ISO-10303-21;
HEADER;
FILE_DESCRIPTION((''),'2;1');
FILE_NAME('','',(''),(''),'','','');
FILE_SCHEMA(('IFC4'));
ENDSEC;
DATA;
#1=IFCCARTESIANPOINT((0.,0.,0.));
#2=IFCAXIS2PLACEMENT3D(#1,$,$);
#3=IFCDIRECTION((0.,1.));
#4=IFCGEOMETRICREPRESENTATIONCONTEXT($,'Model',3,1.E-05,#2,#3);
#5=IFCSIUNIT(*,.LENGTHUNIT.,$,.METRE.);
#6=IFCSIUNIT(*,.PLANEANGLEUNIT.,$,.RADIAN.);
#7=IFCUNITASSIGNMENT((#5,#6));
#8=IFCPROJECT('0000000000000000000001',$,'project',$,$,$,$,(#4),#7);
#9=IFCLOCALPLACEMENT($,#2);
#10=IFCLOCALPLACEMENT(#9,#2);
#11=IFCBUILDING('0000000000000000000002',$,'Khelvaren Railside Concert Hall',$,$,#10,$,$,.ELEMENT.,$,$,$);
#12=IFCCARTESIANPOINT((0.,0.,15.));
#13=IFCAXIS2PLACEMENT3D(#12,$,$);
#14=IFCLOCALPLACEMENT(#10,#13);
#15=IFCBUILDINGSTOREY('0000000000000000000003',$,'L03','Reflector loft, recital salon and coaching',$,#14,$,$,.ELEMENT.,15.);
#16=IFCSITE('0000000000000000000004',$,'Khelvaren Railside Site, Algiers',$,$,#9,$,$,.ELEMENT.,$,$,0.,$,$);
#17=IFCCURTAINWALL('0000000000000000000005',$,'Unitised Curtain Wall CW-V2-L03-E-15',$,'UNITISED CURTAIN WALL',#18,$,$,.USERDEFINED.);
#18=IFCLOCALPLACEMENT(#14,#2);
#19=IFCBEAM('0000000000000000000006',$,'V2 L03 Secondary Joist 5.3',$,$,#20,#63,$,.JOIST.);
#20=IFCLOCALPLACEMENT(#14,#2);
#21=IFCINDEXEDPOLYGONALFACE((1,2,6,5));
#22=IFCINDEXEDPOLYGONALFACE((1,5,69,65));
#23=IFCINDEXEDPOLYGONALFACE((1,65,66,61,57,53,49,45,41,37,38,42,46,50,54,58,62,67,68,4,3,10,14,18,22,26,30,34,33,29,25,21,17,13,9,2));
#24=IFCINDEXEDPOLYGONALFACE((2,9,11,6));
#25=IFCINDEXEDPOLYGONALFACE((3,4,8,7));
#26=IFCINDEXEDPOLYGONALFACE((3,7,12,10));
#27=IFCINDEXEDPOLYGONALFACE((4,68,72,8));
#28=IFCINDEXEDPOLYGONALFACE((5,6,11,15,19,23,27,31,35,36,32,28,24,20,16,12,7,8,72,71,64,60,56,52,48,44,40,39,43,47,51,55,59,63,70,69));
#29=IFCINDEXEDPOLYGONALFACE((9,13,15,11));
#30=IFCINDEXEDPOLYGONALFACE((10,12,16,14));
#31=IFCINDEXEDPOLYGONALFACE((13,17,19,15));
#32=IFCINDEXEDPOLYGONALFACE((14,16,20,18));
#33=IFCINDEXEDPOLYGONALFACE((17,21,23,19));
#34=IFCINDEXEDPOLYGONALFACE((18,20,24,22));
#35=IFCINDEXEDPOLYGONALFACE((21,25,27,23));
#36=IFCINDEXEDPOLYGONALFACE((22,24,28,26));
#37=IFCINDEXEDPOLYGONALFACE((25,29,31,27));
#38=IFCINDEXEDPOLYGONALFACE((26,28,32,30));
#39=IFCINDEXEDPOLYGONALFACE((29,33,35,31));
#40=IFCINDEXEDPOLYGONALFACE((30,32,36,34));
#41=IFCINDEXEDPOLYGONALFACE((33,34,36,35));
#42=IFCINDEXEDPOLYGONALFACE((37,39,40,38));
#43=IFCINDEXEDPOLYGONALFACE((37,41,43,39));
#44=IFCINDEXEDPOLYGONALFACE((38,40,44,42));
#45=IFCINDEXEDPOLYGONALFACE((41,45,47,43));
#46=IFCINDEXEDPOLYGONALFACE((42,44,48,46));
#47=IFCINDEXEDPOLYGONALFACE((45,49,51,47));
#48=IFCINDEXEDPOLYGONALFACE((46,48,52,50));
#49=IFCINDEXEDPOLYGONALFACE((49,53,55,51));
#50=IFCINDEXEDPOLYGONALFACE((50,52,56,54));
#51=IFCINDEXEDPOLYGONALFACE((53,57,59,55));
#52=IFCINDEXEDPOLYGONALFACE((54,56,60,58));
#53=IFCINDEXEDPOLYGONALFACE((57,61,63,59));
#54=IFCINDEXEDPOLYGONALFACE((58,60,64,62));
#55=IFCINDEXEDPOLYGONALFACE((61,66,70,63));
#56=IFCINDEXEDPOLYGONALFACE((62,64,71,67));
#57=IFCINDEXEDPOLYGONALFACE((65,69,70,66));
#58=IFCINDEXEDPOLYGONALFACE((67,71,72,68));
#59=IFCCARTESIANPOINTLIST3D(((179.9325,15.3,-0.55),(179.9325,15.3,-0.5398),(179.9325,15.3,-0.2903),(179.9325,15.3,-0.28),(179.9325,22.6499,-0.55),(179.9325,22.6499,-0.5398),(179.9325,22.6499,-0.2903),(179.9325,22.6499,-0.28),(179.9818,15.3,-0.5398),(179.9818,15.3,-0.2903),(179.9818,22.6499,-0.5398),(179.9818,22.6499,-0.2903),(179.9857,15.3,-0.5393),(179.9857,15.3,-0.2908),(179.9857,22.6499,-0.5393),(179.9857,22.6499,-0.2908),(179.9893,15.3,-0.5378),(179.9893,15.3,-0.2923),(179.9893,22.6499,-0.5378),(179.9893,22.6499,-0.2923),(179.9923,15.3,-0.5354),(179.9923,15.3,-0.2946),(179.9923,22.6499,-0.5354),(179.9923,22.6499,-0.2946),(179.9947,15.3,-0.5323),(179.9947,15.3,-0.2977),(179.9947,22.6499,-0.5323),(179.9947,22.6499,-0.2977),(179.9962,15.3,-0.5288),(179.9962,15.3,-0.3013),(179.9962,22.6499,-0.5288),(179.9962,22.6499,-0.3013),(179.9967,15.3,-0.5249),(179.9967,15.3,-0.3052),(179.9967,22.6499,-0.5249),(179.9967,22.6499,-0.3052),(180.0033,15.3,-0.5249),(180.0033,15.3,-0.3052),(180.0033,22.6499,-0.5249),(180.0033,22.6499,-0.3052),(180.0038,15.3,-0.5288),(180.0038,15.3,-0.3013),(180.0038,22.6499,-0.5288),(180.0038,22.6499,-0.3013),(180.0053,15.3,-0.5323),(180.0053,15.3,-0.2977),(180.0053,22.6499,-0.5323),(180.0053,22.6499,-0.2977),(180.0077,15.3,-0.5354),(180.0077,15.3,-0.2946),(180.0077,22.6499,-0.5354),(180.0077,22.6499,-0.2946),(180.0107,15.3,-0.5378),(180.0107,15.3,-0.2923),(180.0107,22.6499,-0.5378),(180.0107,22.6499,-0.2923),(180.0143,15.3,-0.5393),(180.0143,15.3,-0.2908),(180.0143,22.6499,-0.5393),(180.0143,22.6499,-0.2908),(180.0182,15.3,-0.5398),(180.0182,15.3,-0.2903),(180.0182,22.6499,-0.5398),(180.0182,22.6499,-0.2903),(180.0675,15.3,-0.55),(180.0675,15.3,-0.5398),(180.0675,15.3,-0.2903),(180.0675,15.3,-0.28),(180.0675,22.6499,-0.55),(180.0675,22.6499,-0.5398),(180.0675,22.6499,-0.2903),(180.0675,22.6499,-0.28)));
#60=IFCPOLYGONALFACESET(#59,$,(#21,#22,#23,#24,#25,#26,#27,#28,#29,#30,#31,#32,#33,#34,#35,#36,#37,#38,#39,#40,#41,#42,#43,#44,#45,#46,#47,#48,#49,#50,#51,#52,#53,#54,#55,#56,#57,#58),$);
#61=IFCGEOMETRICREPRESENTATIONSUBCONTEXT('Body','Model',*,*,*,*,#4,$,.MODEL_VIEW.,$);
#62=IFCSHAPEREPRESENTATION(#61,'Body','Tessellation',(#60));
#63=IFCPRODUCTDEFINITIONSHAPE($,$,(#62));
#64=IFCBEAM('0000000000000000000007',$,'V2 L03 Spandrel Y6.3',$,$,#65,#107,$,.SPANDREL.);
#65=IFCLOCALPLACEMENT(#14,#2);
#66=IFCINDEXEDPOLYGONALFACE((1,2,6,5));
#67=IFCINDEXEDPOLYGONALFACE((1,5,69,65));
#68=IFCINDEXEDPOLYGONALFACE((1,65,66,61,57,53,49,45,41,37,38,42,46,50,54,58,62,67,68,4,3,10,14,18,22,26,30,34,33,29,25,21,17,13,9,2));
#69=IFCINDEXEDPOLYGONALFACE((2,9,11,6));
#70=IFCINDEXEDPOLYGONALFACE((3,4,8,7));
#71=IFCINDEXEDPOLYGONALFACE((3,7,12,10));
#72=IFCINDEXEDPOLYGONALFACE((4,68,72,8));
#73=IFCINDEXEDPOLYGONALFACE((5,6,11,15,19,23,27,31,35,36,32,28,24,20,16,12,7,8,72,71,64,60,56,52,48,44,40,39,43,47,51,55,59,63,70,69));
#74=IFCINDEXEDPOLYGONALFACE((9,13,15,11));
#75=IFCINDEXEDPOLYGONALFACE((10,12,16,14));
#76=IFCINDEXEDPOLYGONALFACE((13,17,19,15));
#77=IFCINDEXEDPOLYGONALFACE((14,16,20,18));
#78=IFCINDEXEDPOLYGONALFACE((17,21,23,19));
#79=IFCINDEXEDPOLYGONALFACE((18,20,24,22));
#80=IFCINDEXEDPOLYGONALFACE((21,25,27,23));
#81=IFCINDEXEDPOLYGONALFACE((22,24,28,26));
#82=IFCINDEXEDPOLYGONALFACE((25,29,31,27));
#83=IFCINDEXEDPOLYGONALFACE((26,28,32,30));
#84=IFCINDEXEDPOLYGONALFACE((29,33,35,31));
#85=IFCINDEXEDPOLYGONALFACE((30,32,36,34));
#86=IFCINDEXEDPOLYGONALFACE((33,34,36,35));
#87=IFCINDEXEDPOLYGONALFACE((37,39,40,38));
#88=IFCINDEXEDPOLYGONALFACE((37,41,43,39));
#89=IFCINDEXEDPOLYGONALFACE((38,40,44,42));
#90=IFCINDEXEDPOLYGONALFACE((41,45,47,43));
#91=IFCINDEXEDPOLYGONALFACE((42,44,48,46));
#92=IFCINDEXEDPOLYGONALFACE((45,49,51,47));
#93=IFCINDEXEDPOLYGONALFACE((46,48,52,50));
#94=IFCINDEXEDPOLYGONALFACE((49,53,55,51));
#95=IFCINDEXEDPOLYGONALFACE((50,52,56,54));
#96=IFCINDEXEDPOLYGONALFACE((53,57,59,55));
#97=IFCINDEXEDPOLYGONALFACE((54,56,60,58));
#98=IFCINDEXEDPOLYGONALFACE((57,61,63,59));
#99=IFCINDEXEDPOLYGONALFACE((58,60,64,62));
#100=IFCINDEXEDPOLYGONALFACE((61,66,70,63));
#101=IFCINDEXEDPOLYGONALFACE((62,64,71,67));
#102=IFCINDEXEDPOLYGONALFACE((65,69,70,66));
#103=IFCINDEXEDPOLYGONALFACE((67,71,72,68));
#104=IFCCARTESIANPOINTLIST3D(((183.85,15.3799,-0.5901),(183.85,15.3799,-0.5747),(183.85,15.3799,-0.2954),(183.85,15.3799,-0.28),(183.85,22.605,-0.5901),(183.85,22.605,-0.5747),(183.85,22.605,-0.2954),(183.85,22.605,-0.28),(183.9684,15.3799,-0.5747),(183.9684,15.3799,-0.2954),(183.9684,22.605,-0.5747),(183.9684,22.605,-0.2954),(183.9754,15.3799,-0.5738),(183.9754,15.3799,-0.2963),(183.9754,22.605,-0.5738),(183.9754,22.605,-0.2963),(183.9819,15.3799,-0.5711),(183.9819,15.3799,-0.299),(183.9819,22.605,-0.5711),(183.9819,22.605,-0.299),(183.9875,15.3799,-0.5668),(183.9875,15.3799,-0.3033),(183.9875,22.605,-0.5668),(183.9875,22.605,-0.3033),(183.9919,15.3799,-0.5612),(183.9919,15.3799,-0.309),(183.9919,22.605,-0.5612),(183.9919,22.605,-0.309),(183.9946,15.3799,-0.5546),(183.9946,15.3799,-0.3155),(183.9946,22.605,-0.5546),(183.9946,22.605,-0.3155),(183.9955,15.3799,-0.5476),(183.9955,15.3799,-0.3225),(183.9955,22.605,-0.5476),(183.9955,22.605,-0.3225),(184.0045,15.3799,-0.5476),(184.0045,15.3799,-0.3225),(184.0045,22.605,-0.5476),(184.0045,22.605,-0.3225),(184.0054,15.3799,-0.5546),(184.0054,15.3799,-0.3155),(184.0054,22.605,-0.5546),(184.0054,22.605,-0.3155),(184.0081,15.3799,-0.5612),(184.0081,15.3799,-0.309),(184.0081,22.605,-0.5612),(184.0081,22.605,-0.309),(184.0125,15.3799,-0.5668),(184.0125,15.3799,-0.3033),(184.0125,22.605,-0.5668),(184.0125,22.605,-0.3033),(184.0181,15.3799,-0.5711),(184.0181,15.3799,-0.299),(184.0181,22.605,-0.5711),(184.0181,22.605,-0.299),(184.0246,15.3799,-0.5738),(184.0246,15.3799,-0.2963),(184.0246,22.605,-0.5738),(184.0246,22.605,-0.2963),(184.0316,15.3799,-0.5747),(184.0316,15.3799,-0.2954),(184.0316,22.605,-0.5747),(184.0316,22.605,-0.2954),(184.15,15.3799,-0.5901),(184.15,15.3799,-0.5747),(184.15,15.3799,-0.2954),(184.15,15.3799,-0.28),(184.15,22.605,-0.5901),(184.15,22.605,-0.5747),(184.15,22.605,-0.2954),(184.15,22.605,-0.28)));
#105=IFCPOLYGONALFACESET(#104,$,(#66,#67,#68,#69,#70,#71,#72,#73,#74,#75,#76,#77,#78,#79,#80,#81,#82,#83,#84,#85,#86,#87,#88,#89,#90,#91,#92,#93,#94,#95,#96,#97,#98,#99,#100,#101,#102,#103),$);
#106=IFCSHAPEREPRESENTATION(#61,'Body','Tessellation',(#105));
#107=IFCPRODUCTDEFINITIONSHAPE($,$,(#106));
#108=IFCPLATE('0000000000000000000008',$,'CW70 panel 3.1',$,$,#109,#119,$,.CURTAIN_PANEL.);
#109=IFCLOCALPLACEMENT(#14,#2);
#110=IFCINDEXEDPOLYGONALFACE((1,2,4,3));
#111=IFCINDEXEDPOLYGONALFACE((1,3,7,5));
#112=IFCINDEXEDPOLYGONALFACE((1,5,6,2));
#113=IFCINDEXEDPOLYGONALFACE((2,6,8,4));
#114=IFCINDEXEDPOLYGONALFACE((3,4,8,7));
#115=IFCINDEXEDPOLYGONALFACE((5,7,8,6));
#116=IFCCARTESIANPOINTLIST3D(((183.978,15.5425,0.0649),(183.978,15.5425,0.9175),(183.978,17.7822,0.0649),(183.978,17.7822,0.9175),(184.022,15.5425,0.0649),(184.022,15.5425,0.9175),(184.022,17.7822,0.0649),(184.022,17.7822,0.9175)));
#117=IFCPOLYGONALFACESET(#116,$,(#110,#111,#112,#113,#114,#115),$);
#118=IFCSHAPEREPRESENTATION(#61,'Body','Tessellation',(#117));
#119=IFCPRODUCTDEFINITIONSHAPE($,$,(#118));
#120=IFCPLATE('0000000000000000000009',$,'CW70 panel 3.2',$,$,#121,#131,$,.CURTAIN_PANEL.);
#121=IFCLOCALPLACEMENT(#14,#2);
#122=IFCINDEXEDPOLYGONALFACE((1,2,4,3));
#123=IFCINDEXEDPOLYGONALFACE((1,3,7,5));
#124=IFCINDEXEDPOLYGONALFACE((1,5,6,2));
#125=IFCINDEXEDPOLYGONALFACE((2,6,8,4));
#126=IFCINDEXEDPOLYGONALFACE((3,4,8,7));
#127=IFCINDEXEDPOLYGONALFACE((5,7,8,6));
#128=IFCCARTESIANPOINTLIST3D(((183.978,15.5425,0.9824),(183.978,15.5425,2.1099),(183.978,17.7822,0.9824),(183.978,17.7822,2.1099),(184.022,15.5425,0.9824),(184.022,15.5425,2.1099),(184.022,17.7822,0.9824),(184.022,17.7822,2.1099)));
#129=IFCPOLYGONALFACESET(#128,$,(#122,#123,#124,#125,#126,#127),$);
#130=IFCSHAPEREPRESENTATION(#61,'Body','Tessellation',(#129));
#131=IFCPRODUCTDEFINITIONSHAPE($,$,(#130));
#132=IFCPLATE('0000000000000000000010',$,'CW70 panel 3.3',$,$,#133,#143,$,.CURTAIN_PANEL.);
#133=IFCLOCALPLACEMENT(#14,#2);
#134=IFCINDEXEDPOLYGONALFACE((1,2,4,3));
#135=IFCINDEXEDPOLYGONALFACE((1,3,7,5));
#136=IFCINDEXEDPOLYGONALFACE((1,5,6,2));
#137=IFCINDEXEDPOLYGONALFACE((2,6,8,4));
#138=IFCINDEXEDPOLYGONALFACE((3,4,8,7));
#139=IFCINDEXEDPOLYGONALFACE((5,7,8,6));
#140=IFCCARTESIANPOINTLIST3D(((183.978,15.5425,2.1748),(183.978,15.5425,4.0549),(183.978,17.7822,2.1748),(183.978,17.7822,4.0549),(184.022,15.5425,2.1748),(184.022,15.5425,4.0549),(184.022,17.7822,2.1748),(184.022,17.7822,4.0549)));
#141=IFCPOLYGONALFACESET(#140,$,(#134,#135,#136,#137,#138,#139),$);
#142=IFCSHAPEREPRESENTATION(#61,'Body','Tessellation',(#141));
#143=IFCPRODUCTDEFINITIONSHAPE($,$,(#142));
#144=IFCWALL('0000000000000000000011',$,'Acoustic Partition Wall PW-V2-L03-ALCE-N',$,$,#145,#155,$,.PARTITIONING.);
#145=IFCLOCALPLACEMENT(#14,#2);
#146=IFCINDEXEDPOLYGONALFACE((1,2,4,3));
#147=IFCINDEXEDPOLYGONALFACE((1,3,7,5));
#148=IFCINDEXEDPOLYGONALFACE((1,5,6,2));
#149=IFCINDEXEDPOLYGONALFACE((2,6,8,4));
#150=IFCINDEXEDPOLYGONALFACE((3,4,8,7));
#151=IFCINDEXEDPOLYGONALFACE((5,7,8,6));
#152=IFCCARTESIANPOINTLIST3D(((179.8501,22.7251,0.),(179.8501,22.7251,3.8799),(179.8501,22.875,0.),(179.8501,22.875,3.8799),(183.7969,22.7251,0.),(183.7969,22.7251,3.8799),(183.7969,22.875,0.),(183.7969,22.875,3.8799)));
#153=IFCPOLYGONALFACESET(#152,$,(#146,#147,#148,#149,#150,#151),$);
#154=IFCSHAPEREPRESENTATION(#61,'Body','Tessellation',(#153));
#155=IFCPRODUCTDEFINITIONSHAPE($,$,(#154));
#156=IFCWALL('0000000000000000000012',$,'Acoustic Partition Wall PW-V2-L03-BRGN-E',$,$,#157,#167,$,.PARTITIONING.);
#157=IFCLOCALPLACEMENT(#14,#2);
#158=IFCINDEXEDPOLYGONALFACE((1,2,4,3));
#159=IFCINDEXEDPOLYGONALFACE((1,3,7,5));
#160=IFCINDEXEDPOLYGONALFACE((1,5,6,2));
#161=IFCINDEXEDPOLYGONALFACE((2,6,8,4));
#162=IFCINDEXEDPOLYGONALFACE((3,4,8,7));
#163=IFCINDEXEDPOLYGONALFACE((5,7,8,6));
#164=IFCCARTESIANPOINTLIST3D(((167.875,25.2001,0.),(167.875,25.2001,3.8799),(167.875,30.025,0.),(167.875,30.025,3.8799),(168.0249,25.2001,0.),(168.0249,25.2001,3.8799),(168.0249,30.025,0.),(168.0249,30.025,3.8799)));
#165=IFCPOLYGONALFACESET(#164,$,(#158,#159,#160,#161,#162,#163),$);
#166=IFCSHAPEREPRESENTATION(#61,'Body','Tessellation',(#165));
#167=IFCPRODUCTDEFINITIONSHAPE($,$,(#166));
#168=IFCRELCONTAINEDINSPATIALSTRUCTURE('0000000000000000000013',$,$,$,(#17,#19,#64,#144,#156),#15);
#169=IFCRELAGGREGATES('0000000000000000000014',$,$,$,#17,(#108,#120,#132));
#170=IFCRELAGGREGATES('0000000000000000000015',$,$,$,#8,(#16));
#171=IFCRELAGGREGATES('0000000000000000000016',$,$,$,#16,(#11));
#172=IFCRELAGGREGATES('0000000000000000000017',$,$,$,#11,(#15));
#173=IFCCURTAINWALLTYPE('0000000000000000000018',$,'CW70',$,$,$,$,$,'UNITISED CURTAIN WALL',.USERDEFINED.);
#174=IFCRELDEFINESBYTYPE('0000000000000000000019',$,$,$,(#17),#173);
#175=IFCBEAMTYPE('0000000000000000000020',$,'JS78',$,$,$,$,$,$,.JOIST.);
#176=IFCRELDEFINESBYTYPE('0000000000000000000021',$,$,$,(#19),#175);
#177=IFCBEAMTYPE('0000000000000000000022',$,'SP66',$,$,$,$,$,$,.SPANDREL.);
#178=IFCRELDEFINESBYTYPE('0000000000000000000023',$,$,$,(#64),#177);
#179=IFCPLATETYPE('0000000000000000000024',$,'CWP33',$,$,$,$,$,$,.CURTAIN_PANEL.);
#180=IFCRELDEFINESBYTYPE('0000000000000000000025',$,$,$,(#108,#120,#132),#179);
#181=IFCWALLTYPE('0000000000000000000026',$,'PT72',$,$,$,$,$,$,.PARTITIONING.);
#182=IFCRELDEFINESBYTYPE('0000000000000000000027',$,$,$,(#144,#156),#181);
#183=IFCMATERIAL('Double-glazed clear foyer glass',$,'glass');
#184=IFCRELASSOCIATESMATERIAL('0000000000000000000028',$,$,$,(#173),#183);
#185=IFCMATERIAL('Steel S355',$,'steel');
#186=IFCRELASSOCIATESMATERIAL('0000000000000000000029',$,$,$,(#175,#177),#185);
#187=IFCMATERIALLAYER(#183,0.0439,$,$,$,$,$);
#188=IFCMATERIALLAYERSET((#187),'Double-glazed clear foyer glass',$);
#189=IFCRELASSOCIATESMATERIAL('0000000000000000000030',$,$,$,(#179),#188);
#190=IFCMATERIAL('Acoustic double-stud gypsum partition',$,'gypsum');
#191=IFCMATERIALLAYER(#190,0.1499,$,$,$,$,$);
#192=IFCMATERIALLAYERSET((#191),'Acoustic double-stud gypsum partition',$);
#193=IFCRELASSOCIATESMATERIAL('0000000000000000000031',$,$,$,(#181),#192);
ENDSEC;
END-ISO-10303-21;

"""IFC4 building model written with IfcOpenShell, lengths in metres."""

from ifc_helpers import new_model, si_unit, direction, frame, frame_2d, origin, origin_2d, place, context, subcontext, project, spatial, rectangle, i_section, extrude, material, layer, layer_set, material_profile, profile_set, type_object, element, aggregate, save


model = new_model("IFC4")

# Units and contexts
model_context = context("Model", 3, precision=1e-05, world=origin(), true_north=direction((0.0, 1.0)))
body_context = subcontext(model_context, "Body", "Model", "MODEL_VIEW")
ifc_project = project(units=[si_unit("LENGTHUNIT", "METRE"), si_unit("PLANEANGLEUNIT", "RADIAN")], contexts=[model_context])

# Site, building, storey
site_placement = place(None, origin())
site = spatial("IfcSite", under=ifc_project, at=site_placement, Name="Khelvaren Railside Site, Algiers", CompositionType="ELEMENT", RefElevation=0.0)
building_placement = place(site_placement, origin())
building = spatial("IfcBuilding", under=site, at=building_placement, Name="Khelvaren Railside Concert Hall", CompositionType="ELEMENT")
storey_placement = place(building_placement, frame((0.0, 0.0, 15.0)))
storey = spatial("IfcBuildingStorey", under=building, at=storey_placement, Name="L03", Description="Reflector loft, recital salon and coaching", CompositionType="ELEMENT", Elevation=15.0)

# Shared definitions
ifc_material_1 = material(Name="Steel S355", Category="steel")

# Curtain wall
ifc_material_2 = material(Name="Double-glazed clear foyer glass", Category="glass")
curtain_wall_type_1 = type_object("IfcCurtainWallType", Name="CW70", ElementType="UNITISED CURTAIN WALL", PredefinedType="USERDEFINED", material=ifc_material_2)
curtain_wall_1_placement = place(storey_placement, origin())
curtain_wall_1 = element("IfcCurtainWall", 1, at=curtain_wall_1_placement, inside=storey, type_object=curtain_wall_type_1, Name="Unitised Curtain Wall CW-V2-L03-E-15", ObjectType="UNITISED CURTAIN WALL", PredefinedType="USERDEFINED")

# Beams
ifc_material_profile_1 = material_profile(ifc_material_1, i_section(OverallWidth=0.135, OverallDepth=0.27, WebThickness=0.0066, FlangeThickness=0.0103, FilletRadius=0.0149, at=origin_2d()), Name="IPE 270")
ifc_profile_set_1 = profile_set([ifc_material_profile_1], Name="Steel S355")
beam_type_1 = type_object("IfcBeamType", Name="JS78", PredefinedType="JOIST", material=ifc_profile_set_1)
beam_1_placement = place(storey_placement, frame((180.0, 15.3, -0.415), z_axis=(0.0, 1.0, 0.0), x_axis=(-1.0, 0.0, 0.0)))
element("IfcBeam", 2, at=beam_1_placement, inside=storey, type_object=beam_type_1, Name="V2 L03 Secondary Joist 5.3", PredefinedType="JOIST", context=body_context, shape_type="SweptSolid", body=[
    extrude(i_section(OverallWidth=0.135, OverallDepth=0.27, WebThickness=0.0066, FlangeThickness=0.0103, FilletRadius=0.0149, at=origin_2d()), origin(), (0.0, 0.0, 1.0), 7.3499),
])
ifc_material_profile_2 = material_profile(ifc_material_1, i_section(OverallWidth=0.3, OverallDepth=0.3101, WebThickness=0.009, FlangeThickness=0.0154, FilletRadius=0.0271, at=origin_2d()), Name="HEA 320")
ifc_profile_set_2 = profile_set([ifc_material_profile_2], Name="Steel S355")
beam_type_2 = type_object("IfcBeamType", Name="SP66", PredefinedType="SPANDREL", material=ifc_profile_set_2)
beam_2_placement = place(storey_placement, frame((184.0, 15.3799, -0.4351), z_axis=(0.0, 1.0, 0.0), x_axis=(-1.0, 0.0, 0.0)))
element("IfcBeam", 3, at=beam_2_placement, inside=storey, type_object=beam_type_2, Name="V2 L03 Spandrel Y6.3", PredefinedType="SPANDREL", context=body_context, shape_type="SweptSolid", body=[
    extrude(i_section(OverallWidth=0.3, OverallDepth=0.3101, WebThickness=0.009, FlangeThickness=0.0154, FilletRadius=0.0271, at=origin_2d()), origin(), (0.0, 0.0, 1.0), 7.2251),
])

# Plates
ifc_layer_1 = layer(ifc_material_2, 0.0439)
ifc_layer_set_1 = layer_set([ifc_layer_1], Name="Double-glazed clear foyer glass")
plate_type = type_object("IfcPlateType", Name="CWP33", PredefinedType="CURTAIN_PANEL", material=ifc_layer_set_1)
plate_1_placement = place(storey_placement, frame((184.0, 16.6624, 0.0649), z_axis=(0.0, 0.0, 1.0), x_axis=(0.0, -1.0, 0.0)))
plate_1 = element("IfcPlate", 4, at=plate_1_placement, type_object=plate_type, Name="CW70 panel 3.1", PredefinedType="CURTAIN_PANEL", context=body_context, shape_type="SweptSolid", body=[
    extrude(rectangle(XDim=2.2397, YDim=0.0439, at=origin_2d()), origin(), (0.0, 0.0, 1.0), 0.8525),
])
plate_2_placement = place(storey_placement, frame((184.0, 16.6624, 0.9824), z_axis=(0.0, 0.0, 1.0), x_axis=(0.0, -1.0, 0.0)))
plate_2 = element("IfcPlate", 5, at=plate_2_placement, type_object=plate_type, Name="CW70 panel 3.2", PredefinedType="CURTAIN_PANEL", context=body_context, shape_type="SweptSolid", body=[
    extrude(rectangle(XDim=2.2397, YDim=0.0439, at=origin_2d()), origin(), (0.0, 0.0, 1.0), 1.1274),
])
plate_3_placement = place(storey_placement, frame((184.0, 16.6624, 2.1748), z_axis=(0.0, 0.0, 1.0), x_axis=(0.0, -1.0, 0.0)))
plate_3 = element("IfcPlate", 6, at=plate_3_placement, type_object=plate_type, Name="CW70 panel 3.3", PredefinedType="CURTAIN_PANEL", context=body_context, shape_type="SweptSolid", body=[
    extrude(rectangle(XDim=2.2397, YDim=0.0439, at=origin_2d()), origin(), (0.0, 0.0, 1.0), 1.8801),
])
aggregate(curtain_wall_1, [plate_1, plate_2, plate_3])

# Walls
ifc_material_3 = material(Name="Acoustic double-stud gypsum partition", Category="gypsum")
ifc_layer_2 = layer(ifc_material_3, 0.1499)
ifc_layer_set_2 = layer_set([ifc_layer_2], Name="Acoustic double-stud gypsum partition")
wall_type = type_object("IfcWallType", Name="PT72", PredefinedType="PARTITIONING", material=ifc_layer_set_2)
wall_1_placement = place(storey_placement, frame((179.8501, 22.8, 0.0), z_axis=(0.0, 0.0, 1.0), x_axis=(1.0, 0.0, 0.0)))
element("IfcWall", 7, at=wall_1_placement, inside=storey, type_object=wall_type, Name="Acoustic Partition Wall PW-V2-L03-ALCE-N", PredefinedType="PARTITIONING", context=body_context, shape_type="SweptSolid", body=[
    extrude(rectangle(XDim=3.9468, YDim=0.1499, at=frame_2d((1.9734, 0.0))), origin(), (0.0, 0.0, 1.0), 3.8799),
])
wall_2_placement = place(storey_placement, frame((167.95, 25.2, 0.0), z_axis=(0.0, 0.0, 1.0), x_axis=(0.0, 1.0, 0.0)))
element("IfcWall", 8, at=wall_2_placement, inside=storey, type_object=wall_type, Name="Acoustic Partition Wall PW-V2-L03-BRGN-E", PredefinedType="PARTITIONING", context=body_context, shape_type="SweptSolid", body=[
    extrude(rectangle(XDim=4.825, YDim=0.1499, at=frame_2d((2.4126, 0.0))), origin(), (0.0, 0.0, 1.0), 3.8799),
])

save(model, "model.ifc")
